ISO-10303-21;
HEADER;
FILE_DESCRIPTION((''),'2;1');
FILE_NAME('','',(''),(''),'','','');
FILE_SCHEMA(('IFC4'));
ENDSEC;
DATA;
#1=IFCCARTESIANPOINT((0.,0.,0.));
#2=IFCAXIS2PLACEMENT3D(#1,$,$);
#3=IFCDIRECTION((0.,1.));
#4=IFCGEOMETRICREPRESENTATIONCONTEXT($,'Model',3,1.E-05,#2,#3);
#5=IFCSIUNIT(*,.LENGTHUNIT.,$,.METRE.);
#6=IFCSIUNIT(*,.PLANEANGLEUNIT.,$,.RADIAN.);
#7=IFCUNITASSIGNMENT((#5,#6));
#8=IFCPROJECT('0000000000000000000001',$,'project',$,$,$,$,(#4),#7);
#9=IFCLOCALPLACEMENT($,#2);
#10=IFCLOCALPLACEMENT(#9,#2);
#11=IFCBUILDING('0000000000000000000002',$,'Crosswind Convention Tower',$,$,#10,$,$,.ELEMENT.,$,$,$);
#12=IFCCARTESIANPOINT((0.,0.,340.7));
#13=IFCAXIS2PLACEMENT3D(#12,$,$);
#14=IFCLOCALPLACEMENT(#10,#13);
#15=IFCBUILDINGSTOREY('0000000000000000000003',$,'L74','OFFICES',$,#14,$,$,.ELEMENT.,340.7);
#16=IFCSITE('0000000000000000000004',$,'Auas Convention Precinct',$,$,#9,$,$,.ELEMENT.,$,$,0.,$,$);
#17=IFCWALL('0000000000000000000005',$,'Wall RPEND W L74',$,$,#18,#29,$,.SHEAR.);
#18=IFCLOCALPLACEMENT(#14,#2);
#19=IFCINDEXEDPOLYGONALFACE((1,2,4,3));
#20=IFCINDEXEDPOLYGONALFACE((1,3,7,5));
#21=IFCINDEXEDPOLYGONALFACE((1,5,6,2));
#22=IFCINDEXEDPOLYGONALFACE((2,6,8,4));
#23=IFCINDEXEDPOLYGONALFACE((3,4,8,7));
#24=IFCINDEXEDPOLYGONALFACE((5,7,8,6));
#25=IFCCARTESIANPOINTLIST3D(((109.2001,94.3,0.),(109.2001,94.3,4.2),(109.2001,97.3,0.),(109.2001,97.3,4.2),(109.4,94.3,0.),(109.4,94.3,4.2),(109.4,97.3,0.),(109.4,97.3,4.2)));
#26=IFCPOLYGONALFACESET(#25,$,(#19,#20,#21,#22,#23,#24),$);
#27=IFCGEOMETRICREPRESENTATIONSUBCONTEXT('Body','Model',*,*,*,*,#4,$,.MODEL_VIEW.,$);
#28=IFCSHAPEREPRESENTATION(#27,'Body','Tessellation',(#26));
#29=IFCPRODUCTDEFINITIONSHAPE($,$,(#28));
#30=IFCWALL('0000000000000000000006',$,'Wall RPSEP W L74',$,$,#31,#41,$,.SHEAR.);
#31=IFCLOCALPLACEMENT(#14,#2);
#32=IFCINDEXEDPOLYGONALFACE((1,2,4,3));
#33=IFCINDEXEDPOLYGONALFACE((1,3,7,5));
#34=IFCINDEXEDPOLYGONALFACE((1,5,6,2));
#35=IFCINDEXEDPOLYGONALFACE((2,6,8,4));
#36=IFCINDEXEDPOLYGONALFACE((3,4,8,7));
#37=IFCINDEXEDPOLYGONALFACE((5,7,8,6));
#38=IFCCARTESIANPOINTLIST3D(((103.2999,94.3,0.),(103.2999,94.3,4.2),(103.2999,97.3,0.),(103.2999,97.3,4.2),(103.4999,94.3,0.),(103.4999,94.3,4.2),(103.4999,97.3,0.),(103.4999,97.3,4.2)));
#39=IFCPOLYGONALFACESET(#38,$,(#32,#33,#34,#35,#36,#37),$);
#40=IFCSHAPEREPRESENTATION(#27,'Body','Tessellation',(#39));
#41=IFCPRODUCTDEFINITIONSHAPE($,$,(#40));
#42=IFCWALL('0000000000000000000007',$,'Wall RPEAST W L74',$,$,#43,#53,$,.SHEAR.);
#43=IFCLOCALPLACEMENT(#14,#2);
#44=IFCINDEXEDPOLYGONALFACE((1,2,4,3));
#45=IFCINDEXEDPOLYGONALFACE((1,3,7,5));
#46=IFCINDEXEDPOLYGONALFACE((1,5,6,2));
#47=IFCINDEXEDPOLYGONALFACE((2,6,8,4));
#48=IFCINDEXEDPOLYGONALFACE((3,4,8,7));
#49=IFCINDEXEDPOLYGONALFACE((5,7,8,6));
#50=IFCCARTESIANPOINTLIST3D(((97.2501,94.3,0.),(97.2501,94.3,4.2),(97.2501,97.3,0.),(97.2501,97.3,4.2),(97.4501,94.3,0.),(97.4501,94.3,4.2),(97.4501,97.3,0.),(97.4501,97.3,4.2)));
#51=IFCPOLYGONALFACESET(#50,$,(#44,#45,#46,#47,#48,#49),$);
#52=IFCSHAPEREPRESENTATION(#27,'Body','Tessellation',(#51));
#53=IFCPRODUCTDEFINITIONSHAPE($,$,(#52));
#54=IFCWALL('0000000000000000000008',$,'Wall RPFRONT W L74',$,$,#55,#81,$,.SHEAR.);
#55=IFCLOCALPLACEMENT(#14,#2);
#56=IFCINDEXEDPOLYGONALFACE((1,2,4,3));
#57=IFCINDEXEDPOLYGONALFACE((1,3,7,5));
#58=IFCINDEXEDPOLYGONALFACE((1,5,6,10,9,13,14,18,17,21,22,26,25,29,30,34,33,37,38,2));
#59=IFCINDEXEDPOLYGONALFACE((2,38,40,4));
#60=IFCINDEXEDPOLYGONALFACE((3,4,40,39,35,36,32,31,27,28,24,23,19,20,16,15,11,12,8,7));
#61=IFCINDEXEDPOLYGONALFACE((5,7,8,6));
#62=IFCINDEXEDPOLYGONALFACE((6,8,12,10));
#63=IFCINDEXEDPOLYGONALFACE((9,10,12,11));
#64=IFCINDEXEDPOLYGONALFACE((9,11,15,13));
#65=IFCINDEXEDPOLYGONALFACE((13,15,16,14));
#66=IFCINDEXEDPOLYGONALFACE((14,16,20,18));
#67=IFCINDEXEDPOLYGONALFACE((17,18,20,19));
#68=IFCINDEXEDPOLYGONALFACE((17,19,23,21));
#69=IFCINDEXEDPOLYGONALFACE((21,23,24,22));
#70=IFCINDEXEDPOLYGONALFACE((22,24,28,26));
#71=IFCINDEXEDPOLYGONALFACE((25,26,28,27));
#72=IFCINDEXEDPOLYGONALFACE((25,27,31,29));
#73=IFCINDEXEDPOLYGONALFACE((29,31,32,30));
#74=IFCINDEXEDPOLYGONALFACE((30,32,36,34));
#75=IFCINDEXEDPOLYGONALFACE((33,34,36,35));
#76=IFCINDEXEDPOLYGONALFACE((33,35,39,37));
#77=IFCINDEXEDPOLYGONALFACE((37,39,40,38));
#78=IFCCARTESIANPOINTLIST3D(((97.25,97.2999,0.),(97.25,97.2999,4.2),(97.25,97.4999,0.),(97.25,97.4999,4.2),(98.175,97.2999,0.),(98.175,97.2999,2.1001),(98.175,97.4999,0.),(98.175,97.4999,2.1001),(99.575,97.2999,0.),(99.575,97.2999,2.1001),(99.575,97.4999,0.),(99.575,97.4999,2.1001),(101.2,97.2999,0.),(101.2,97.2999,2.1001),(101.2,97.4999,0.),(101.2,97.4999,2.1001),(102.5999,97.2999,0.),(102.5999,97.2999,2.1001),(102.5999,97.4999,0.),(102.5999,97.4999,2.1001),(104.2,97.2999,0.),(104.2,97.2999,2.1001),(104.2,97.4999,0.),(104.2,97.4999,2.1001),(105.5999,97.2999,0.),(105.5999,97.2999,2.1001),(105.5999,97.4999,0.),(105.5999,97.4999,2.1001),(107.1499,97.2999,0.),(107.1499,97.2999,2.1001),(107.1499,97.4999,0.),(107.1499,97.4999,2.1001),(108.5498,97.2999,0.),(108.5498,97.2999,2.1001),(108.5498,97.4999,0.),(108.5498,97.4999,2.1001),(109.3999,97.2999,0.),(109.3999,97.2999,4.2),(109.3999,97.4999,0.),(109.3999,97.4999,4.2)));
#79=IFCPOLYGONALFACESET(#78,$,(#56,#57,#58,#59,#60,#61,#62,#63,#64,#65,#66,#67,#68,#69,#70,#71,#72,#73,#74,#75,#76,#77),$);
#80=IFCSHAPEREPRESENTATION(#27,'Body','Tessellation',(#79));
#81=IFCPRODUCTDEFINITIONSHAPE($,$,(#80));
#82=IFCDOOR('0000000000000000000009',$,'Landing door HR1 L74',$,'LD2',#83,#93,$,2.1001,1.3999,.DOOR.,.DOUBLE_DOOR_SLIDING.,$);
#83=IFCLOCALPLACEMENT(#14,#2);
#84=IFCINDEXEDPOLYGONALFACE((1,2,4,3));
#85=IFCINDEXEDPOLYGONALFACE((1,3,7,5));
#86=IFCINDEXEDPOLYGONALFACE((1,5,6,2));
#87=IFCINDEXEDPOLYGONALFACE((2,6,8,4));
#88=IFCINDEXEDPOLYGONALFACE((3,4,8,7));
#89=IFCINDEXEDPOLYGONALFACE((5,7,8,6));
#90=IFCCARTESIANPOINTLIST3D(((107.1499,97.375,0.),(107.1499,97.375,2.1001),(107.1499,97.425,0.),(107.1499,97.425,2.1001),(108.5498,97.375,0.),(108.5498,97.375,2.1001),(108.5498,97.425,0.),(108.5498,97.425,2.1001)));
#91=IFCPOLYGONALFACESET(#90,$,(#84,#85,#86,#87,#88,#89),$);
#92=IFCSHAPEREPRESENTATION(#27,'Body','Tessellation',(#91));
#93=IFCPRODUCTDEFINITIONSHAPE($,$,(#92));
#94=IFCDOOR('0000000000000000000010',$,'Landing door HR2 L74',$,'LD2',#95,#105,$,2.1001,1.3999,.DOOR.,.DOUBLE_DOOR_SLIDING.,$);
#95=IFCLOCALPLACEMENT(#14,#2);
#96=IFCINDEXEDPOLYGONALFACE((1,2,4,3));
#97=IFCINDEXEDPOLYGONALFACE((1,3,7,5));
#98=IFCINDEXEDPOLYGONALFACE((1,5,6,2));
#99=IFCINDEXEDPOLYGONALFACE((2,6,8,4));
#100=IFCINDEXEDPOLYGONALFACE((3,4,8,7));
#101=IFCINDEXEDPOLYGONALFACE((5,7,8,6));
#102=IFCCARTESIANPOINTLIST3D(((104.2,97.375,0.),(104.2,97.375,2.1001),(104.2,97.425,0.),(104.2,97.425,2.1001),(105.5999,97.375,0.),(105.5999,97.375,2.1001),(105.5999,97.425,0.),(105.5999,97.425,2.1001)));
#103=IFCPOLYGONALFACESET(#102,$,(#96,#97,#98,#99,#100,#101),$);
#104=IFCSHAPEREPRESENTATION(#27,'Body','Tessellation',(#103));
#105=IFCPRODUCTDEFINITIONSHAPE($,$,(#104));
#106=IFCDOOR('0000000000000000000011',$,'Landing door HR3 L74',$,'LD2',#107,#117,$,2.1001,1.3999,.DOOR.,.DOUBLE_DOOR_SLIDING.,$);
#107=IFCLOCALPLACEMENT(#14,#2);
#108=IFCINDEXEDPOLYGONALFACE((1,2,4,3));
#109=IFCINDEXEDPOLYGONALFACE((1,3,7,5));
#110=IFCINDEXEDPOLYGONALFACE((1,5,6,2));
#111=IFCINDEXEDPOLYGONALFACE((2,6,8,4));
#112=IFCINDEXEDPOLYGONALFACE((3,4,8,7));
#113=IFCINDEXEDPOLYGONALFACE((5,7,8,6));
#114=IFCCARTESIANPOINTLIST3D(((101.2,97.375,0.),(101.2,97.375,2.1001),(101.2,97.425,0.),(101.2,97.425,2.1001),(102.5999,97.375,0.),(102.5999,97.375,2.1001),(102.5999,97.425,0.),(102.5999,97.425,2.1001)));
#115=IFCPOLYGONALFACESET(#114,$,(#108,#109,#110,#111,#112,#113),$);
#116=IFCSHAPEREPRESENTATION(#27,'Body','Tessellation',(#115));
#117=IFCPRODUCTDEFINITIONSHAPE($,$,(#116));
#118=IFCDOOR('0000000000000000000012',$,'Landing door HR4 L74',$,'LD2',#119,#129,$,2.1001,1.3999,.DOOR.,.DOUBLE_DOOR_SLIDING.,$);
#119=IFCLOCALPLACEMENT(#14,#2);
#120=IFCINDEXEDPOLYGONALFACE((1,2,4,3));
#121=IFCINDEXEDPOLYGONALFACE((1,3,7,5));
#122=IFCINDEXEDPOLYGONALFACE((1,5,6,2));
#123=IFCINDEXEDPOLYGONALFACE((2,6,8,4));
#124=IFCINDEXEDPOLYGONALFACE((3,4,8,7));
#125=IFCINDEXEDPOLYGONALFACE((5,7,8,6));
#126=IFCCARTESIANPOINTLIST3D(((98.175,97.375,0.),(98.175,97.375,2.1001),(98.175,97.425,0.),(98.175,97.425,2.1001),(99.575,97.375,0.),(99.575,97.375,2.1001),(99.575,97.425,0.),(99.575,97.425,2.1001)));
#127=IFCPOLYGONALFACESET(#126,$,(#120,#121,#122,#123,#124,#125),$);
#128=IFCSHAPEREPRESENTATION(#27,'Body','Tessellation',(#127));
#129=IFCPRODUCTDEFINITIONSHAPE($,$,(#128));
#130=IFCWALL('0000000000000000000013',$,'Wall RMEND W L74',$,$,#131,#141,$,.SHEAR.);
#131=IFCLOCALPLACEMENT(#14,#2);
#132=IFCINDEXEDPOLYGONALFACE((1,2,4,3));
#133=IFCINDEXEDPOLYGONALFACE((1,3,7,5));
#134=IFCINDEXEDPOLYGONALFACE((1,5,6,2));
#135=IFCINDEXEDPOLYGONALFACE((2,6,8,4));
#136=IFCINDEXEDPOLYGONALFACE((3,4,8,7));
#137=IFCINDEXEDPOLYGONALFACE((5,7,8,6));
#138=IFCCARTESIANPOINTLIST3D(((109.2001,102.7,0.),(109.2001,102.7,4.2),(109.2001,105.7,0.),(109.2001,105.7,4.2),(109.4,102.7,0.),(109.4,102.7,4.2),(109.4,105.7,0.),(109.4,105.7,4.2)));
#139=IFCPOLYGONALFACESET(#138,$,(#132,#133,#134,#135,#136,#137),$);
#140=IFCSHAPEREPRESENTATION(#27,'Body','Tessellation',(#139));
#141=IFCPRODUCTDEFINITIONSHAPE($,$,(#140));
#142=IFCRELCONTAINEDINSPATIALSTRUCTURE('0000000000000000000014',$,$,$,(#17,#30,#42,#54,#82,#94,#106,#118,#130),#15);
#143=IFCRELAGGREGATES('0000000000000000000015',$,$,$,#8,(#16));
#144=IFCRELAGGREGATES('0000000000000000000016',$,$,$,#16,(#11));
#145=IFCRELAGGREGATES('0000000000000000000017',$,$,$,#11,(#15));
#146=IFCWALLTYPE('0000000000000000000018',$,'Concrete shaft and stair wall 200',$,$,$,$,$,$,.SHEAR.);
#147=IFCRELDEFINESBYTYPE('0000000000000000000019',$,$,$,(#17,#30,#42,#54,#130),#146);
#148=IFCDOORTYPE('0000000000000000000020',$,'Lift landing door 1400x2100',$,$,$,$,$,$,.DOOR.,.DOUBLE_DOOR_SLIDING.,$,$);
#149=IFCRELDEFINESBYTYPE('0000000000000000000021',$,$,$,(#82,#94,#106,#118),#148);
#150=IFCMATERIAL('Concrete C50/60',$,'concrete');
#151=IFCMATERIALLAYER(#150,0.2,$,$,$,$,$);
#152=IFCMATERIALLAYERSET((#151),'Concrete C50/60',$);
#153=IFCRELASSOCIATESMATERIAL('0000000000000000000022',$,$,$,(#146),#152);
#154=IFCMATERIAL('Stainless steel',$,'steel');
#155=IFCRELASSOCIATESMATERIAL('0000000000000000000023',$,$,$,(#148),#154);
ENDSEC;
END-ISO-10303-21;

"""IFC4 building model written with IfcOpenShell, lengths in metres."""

from ifc_helpers import new_model, si_unit, direction, frame, frame_2d, origin, place, context, subcontext, project, spatial, rectangle, extrude, material, layer, layer_set, type_object, element, fill, save


model = new_model("IFC4")

# Units and contexts
model_context = context("Model", 3, precision=1e-05, world=origin(), true_north=direction((0.0, 1.0)))
body_context = subcontext(model_context, "Body", "Model", "MODEL_VIEW")
ifc_project = project(units=[si_unit("LENGTHUNIT", "METRE"), si_unit("PLANEANGLEUNIT", "RADIAN")], contexts=[model_context])

# Site, building, storey
site_placement = place(None, origin())
site = spatial("IfcSite", under=ifc_project, at=site_placement, Name="Auas Convention Precinct", CompositionType="ELEMENT", RefElevation=0.0)
building_placement = place(site_placement, origin())
building = spatial("IfcBuilding", under=site, at=building_placement, Name="Crosswind Convention Tower", CompositionType="ELEMENT")
storey_placement = place(building_placement, frame((0.0, 0.0, 340.7)))
storey = spatial("IfcBuildingStorey", under=building, at=storey_placement, Name="L74", Description="OFFICES", CompositionType="ELEMENT", Elevation=340.7)

# Walls
ifc_material_1 = material(Name="Concrete C50/60", Category="concrete")
ifc_layer_1 = layer(ifc_material_1, 0.2)
ifc_layer_set_1 = layer_set([ifc_layer_1], Name="Concrete C50/60")
wall_type_1 = type_object("IfcWallType", Name="Concrete shaft and stair wall 200", PredefinedType="SHEAR", material=ifc_layer_set_1)
for number, where, z_axis, x_axis, name in (
    (1, (109.3, 97.3, 0.0), (0.0, 0.0, 1.0), (0.0, -1.0, 0.0), "Wall RPEND W L74"),
    (2, (103.3999, 97.3, 0.0), (0.0, 0.0, 1.0), (0.0, -1.0, 0.0), "Wall RPSEP W L74"),
    (3, (97.3501, 97.3, 0.0), (0.0, 0.0, 1.0), (0.0, -1.0, 0.0), "Wall RPEAST W L74"),
):
    element("IfcWall", number, at=place(storey_placement, frame(where, z_axis=z_axis, x_axis=x_axis)), inside=storey, type_object=wall_type_1, Name=name, PredefinedType="SHEAR", context=body_context, shape_type="SweptSolid", body=[
        extrude(rectangle(XDim=3.0, YDim=0.2, at=frame_2d((1.5, 0.0))), origin(), (0.0, 0.0, 1.0), 4.2),
    ])

# Wall, openings, doors
wall_1_placement = place(storey_placement, frame((109.3999, 97.3999, 0.0), z_axis=(0.0, 0.0, 1.0), x_axis=(-1.0, 0.0, 0.0)))
wall_1 = element("IfcWall", 4, at=wall_1_placement, inside=storey, type_object=wall_type_1, Name="Wall RPFRONT W L74", PredefinedType="SHEAR", context=body_context, shape_type="SweptSolid", body=[
    extrude(rectangle(XDim=12.1499, YDim=0.2, at=frame_2d((6.075, 0.0))), origin(), (0.0, 0.0, 1.0), 4.2),
])
opening_1_placement = place(wall_1_placement, frame((0.8501, 0.0, 0.0)))
opening_1 = element("IfcOpeningElement", 5, at=opening_1_placement, cuts=wall_1, PredefinedType="OPENING", context=body_context, shape_type="SweptSolid", body=[
    extrude(rectangle(XDim=1.3999, YDim=2.1001, at=frame_2d((0.7, 1.05))), frame((0.0, 0.1099, 0.0), z_axis=(0.0, -1.0, 0.0), x_axis=(1.0, 0.0, 0.0)), (0.0, 0.0, 1.0), 0.22),
])
opening_2_placement = place(wall_1_placement, frame((3.8, 0.0, 0.0)))
opening_2 = element("IfcOpeningElement", 6, at=opening_2_placement, cuts=wall_1, PredefinedType="OPENING", context=body_context, shape_type="SweptSolid", body=[
    extrude(rectangle(XDim=1.3999, YDim=2.1001, at=frame_2d((0.7, 1.05))), frame((0.0, 0.1099, 0.0), z_axis=(0.0, -1.0, 0.0), x_axis=(1.0, 0.0, 0.0)), (0.0, 0.0, 1.0), 0.22),
])
opening_3_placement = place(wall_1_placement, frame((6.8, 0.0, 0.0)))
opening_3 = element("IfcOpeningElement", 7, at=opening_3_placement, cuts=wall_1, PredefinedType="OPENING", context=body_context, shape_type="SweptSolid", body=[
    extrude(rectangle(XDim=1.3999, YDim=2.1001, at=frame_2d((0.7, 1.05))), frame((0.0, 0.1099, 0.0), z_axis=(0.0, -1.0, 0.0), x_axis=(1.0, 0.0, 0.0)), (0.0, 0.0, 1.0), 0.22),
])
opening_4_placement = place(wall_1_placement, frame((9.825, 0.0, 0.0)))
opening_4 = element("IfcOpeningElement", 8, at=opening_4_placement, cuts=wall_1, PredefinedType="OPENING", context=body_context, shape_type="SweptSolid", body=[
    extrude(rectangle(XDim=1.3999, YDim=2.1001, at=frame_2d((0.7, 1.05))), frame((0.0, 0.1099, 0.0), z_axis=(0.0, -1.0, 0.0), x_axis=(1.0, 0.0, 0.0)), (0.0, 0.0, 1.0), 0.22),
])
ifc_material_2 = material(Name="Stainless steel", Category="steel")
door_type_1 = type_object("IfcDoorType", Name="Lift landing door 1400x2100", OperationType="DOUBLE_DOOR_SLIDING", PredefinedType="DOOR", material=ifc_material_2)
door_1_placement = place(opening_1_placement, origin())
door_1 = element("IfcDoor", 9, at=door_1_placement, inside=storey, type_object=door_type_1, Name="Landing door HR1 L74", ObjectType="LD2", OperationType="DOUBLE_DOOR_SLIDING", OverallHeight=2.1001, OverallWidth=1.3999, PredefinedType="DOOR", context=body_context, shape_type="SweptSolid", body=[
    extrude(rectangle(XDim=1.3999, YDim=2.1001, at=frame_2d((0.7, 1.05))), frame((0.0, 0.0249, 0.0), z_axis=(0.0, -1.0, 0.0), x_axis=(1.0, 0.0, 0.0)), (0.0, 0.0, 1.0), 0.05),
])
fill(opening_1, door_1)
door_2_placement = place(opening_2_placement, origin())
door_2 = element("IfcDoor", 10, at=door_2_placement, inside=storey, type_object=door_type_1, Name="Landing door HR2 L74", ObjectType="LD2", OperationType="DOUBLE_DOOR_SLIDING", OverallHeight=2.1001, OverallWidth=1.3999, PredefinedType="DOOR", context=body_context, shape_type="SweptSolid", body=[
    extrude(rectangle(XDim=1.3999, YDim=2.1001, at=frame_2d((0.7, 1.05))), frame((0.0, 0.0249, 0.0), z_axis=(0.0, -1.0, 0.0), x_axis=(1.0, 0.0, 0.0)), (0.0, 0.0, 1.0), 0.05),
])
fill(opening_2, door_2)
door_3_placement = place(opening_3_placement, origin())
door_3 = element("IfcDoor", 11, at=door_3_placement, inside=storey, type_object=door_type_1, Name="Landing door HR3 L74", ObjectType="LD2", OperationType="DOUBLE_DOOR_SLIDING", OverallHeight=2.1001, OverallWidth=1.3999, PredefinedType="DOOR", context=body_context, shape_type="SweptSolid", body=[
    extrude(rectangle(XDim=1.3999, YDim=2.1001, at=frame_2d((0.7, 1.05))), frame((0.0, 0.0249, 0.0), z_axis=(0.0, -1.0, 0.0), x_axis=(1.0, 0.0, 0.0)), (0.0, 0.0, 1.0), 0.05),
])
fill(opening_3, door_3)
door_4_placement = place(opening_4_placement, origin())
door_4 = element("IfcDoor", 12, at=door_4_placement, inside=storey, type_object=door_type_1, Name="Landing door HR4 L74", ObjectType="LD2", OperationType="DOUBLE_DOOR_SLIDING", OverallHeight=2.1001, OverallWidth=1.3999, PredefinedType="DOOR", context=body_context, shape_type="SweptSolid", body=[
    extrude(rectangle(XDim=1.3999, YDim=2.1001, at=frame_2d((0.7, 1.05))), frame((0.0, 0.0249, 0.0), z_axis=(0.0, -1.0, 0.0), x_axis=(1.0, 0.0, 0.0)), (0.0, 0.0, 1.0), 0.05),
])
fill(opening_4, door_4)

# Wall
wall_2_placement = place(storey_placement, frame((109.3, 105.7, 0.0), z_axis=(0.0, 0.0, 1.0), x_axis=(0.0, -1.0, 0.0)))
element("IfcWall", 13, at=wall_2_placement, inside=storey, type_object=wall_type_1, Name="Wall RMEND W L74", PredefinedType="SHEAR", context=body_context, shape_type="SweptSolid", body=[
    extrude(rectangle(XDim=3.0, YDim=0.2, at=frame_2d((1.5, 0.0))), origin(), (0.0, 0.0, 1.0), 4.2),
])

save(model, "model.ifc")
